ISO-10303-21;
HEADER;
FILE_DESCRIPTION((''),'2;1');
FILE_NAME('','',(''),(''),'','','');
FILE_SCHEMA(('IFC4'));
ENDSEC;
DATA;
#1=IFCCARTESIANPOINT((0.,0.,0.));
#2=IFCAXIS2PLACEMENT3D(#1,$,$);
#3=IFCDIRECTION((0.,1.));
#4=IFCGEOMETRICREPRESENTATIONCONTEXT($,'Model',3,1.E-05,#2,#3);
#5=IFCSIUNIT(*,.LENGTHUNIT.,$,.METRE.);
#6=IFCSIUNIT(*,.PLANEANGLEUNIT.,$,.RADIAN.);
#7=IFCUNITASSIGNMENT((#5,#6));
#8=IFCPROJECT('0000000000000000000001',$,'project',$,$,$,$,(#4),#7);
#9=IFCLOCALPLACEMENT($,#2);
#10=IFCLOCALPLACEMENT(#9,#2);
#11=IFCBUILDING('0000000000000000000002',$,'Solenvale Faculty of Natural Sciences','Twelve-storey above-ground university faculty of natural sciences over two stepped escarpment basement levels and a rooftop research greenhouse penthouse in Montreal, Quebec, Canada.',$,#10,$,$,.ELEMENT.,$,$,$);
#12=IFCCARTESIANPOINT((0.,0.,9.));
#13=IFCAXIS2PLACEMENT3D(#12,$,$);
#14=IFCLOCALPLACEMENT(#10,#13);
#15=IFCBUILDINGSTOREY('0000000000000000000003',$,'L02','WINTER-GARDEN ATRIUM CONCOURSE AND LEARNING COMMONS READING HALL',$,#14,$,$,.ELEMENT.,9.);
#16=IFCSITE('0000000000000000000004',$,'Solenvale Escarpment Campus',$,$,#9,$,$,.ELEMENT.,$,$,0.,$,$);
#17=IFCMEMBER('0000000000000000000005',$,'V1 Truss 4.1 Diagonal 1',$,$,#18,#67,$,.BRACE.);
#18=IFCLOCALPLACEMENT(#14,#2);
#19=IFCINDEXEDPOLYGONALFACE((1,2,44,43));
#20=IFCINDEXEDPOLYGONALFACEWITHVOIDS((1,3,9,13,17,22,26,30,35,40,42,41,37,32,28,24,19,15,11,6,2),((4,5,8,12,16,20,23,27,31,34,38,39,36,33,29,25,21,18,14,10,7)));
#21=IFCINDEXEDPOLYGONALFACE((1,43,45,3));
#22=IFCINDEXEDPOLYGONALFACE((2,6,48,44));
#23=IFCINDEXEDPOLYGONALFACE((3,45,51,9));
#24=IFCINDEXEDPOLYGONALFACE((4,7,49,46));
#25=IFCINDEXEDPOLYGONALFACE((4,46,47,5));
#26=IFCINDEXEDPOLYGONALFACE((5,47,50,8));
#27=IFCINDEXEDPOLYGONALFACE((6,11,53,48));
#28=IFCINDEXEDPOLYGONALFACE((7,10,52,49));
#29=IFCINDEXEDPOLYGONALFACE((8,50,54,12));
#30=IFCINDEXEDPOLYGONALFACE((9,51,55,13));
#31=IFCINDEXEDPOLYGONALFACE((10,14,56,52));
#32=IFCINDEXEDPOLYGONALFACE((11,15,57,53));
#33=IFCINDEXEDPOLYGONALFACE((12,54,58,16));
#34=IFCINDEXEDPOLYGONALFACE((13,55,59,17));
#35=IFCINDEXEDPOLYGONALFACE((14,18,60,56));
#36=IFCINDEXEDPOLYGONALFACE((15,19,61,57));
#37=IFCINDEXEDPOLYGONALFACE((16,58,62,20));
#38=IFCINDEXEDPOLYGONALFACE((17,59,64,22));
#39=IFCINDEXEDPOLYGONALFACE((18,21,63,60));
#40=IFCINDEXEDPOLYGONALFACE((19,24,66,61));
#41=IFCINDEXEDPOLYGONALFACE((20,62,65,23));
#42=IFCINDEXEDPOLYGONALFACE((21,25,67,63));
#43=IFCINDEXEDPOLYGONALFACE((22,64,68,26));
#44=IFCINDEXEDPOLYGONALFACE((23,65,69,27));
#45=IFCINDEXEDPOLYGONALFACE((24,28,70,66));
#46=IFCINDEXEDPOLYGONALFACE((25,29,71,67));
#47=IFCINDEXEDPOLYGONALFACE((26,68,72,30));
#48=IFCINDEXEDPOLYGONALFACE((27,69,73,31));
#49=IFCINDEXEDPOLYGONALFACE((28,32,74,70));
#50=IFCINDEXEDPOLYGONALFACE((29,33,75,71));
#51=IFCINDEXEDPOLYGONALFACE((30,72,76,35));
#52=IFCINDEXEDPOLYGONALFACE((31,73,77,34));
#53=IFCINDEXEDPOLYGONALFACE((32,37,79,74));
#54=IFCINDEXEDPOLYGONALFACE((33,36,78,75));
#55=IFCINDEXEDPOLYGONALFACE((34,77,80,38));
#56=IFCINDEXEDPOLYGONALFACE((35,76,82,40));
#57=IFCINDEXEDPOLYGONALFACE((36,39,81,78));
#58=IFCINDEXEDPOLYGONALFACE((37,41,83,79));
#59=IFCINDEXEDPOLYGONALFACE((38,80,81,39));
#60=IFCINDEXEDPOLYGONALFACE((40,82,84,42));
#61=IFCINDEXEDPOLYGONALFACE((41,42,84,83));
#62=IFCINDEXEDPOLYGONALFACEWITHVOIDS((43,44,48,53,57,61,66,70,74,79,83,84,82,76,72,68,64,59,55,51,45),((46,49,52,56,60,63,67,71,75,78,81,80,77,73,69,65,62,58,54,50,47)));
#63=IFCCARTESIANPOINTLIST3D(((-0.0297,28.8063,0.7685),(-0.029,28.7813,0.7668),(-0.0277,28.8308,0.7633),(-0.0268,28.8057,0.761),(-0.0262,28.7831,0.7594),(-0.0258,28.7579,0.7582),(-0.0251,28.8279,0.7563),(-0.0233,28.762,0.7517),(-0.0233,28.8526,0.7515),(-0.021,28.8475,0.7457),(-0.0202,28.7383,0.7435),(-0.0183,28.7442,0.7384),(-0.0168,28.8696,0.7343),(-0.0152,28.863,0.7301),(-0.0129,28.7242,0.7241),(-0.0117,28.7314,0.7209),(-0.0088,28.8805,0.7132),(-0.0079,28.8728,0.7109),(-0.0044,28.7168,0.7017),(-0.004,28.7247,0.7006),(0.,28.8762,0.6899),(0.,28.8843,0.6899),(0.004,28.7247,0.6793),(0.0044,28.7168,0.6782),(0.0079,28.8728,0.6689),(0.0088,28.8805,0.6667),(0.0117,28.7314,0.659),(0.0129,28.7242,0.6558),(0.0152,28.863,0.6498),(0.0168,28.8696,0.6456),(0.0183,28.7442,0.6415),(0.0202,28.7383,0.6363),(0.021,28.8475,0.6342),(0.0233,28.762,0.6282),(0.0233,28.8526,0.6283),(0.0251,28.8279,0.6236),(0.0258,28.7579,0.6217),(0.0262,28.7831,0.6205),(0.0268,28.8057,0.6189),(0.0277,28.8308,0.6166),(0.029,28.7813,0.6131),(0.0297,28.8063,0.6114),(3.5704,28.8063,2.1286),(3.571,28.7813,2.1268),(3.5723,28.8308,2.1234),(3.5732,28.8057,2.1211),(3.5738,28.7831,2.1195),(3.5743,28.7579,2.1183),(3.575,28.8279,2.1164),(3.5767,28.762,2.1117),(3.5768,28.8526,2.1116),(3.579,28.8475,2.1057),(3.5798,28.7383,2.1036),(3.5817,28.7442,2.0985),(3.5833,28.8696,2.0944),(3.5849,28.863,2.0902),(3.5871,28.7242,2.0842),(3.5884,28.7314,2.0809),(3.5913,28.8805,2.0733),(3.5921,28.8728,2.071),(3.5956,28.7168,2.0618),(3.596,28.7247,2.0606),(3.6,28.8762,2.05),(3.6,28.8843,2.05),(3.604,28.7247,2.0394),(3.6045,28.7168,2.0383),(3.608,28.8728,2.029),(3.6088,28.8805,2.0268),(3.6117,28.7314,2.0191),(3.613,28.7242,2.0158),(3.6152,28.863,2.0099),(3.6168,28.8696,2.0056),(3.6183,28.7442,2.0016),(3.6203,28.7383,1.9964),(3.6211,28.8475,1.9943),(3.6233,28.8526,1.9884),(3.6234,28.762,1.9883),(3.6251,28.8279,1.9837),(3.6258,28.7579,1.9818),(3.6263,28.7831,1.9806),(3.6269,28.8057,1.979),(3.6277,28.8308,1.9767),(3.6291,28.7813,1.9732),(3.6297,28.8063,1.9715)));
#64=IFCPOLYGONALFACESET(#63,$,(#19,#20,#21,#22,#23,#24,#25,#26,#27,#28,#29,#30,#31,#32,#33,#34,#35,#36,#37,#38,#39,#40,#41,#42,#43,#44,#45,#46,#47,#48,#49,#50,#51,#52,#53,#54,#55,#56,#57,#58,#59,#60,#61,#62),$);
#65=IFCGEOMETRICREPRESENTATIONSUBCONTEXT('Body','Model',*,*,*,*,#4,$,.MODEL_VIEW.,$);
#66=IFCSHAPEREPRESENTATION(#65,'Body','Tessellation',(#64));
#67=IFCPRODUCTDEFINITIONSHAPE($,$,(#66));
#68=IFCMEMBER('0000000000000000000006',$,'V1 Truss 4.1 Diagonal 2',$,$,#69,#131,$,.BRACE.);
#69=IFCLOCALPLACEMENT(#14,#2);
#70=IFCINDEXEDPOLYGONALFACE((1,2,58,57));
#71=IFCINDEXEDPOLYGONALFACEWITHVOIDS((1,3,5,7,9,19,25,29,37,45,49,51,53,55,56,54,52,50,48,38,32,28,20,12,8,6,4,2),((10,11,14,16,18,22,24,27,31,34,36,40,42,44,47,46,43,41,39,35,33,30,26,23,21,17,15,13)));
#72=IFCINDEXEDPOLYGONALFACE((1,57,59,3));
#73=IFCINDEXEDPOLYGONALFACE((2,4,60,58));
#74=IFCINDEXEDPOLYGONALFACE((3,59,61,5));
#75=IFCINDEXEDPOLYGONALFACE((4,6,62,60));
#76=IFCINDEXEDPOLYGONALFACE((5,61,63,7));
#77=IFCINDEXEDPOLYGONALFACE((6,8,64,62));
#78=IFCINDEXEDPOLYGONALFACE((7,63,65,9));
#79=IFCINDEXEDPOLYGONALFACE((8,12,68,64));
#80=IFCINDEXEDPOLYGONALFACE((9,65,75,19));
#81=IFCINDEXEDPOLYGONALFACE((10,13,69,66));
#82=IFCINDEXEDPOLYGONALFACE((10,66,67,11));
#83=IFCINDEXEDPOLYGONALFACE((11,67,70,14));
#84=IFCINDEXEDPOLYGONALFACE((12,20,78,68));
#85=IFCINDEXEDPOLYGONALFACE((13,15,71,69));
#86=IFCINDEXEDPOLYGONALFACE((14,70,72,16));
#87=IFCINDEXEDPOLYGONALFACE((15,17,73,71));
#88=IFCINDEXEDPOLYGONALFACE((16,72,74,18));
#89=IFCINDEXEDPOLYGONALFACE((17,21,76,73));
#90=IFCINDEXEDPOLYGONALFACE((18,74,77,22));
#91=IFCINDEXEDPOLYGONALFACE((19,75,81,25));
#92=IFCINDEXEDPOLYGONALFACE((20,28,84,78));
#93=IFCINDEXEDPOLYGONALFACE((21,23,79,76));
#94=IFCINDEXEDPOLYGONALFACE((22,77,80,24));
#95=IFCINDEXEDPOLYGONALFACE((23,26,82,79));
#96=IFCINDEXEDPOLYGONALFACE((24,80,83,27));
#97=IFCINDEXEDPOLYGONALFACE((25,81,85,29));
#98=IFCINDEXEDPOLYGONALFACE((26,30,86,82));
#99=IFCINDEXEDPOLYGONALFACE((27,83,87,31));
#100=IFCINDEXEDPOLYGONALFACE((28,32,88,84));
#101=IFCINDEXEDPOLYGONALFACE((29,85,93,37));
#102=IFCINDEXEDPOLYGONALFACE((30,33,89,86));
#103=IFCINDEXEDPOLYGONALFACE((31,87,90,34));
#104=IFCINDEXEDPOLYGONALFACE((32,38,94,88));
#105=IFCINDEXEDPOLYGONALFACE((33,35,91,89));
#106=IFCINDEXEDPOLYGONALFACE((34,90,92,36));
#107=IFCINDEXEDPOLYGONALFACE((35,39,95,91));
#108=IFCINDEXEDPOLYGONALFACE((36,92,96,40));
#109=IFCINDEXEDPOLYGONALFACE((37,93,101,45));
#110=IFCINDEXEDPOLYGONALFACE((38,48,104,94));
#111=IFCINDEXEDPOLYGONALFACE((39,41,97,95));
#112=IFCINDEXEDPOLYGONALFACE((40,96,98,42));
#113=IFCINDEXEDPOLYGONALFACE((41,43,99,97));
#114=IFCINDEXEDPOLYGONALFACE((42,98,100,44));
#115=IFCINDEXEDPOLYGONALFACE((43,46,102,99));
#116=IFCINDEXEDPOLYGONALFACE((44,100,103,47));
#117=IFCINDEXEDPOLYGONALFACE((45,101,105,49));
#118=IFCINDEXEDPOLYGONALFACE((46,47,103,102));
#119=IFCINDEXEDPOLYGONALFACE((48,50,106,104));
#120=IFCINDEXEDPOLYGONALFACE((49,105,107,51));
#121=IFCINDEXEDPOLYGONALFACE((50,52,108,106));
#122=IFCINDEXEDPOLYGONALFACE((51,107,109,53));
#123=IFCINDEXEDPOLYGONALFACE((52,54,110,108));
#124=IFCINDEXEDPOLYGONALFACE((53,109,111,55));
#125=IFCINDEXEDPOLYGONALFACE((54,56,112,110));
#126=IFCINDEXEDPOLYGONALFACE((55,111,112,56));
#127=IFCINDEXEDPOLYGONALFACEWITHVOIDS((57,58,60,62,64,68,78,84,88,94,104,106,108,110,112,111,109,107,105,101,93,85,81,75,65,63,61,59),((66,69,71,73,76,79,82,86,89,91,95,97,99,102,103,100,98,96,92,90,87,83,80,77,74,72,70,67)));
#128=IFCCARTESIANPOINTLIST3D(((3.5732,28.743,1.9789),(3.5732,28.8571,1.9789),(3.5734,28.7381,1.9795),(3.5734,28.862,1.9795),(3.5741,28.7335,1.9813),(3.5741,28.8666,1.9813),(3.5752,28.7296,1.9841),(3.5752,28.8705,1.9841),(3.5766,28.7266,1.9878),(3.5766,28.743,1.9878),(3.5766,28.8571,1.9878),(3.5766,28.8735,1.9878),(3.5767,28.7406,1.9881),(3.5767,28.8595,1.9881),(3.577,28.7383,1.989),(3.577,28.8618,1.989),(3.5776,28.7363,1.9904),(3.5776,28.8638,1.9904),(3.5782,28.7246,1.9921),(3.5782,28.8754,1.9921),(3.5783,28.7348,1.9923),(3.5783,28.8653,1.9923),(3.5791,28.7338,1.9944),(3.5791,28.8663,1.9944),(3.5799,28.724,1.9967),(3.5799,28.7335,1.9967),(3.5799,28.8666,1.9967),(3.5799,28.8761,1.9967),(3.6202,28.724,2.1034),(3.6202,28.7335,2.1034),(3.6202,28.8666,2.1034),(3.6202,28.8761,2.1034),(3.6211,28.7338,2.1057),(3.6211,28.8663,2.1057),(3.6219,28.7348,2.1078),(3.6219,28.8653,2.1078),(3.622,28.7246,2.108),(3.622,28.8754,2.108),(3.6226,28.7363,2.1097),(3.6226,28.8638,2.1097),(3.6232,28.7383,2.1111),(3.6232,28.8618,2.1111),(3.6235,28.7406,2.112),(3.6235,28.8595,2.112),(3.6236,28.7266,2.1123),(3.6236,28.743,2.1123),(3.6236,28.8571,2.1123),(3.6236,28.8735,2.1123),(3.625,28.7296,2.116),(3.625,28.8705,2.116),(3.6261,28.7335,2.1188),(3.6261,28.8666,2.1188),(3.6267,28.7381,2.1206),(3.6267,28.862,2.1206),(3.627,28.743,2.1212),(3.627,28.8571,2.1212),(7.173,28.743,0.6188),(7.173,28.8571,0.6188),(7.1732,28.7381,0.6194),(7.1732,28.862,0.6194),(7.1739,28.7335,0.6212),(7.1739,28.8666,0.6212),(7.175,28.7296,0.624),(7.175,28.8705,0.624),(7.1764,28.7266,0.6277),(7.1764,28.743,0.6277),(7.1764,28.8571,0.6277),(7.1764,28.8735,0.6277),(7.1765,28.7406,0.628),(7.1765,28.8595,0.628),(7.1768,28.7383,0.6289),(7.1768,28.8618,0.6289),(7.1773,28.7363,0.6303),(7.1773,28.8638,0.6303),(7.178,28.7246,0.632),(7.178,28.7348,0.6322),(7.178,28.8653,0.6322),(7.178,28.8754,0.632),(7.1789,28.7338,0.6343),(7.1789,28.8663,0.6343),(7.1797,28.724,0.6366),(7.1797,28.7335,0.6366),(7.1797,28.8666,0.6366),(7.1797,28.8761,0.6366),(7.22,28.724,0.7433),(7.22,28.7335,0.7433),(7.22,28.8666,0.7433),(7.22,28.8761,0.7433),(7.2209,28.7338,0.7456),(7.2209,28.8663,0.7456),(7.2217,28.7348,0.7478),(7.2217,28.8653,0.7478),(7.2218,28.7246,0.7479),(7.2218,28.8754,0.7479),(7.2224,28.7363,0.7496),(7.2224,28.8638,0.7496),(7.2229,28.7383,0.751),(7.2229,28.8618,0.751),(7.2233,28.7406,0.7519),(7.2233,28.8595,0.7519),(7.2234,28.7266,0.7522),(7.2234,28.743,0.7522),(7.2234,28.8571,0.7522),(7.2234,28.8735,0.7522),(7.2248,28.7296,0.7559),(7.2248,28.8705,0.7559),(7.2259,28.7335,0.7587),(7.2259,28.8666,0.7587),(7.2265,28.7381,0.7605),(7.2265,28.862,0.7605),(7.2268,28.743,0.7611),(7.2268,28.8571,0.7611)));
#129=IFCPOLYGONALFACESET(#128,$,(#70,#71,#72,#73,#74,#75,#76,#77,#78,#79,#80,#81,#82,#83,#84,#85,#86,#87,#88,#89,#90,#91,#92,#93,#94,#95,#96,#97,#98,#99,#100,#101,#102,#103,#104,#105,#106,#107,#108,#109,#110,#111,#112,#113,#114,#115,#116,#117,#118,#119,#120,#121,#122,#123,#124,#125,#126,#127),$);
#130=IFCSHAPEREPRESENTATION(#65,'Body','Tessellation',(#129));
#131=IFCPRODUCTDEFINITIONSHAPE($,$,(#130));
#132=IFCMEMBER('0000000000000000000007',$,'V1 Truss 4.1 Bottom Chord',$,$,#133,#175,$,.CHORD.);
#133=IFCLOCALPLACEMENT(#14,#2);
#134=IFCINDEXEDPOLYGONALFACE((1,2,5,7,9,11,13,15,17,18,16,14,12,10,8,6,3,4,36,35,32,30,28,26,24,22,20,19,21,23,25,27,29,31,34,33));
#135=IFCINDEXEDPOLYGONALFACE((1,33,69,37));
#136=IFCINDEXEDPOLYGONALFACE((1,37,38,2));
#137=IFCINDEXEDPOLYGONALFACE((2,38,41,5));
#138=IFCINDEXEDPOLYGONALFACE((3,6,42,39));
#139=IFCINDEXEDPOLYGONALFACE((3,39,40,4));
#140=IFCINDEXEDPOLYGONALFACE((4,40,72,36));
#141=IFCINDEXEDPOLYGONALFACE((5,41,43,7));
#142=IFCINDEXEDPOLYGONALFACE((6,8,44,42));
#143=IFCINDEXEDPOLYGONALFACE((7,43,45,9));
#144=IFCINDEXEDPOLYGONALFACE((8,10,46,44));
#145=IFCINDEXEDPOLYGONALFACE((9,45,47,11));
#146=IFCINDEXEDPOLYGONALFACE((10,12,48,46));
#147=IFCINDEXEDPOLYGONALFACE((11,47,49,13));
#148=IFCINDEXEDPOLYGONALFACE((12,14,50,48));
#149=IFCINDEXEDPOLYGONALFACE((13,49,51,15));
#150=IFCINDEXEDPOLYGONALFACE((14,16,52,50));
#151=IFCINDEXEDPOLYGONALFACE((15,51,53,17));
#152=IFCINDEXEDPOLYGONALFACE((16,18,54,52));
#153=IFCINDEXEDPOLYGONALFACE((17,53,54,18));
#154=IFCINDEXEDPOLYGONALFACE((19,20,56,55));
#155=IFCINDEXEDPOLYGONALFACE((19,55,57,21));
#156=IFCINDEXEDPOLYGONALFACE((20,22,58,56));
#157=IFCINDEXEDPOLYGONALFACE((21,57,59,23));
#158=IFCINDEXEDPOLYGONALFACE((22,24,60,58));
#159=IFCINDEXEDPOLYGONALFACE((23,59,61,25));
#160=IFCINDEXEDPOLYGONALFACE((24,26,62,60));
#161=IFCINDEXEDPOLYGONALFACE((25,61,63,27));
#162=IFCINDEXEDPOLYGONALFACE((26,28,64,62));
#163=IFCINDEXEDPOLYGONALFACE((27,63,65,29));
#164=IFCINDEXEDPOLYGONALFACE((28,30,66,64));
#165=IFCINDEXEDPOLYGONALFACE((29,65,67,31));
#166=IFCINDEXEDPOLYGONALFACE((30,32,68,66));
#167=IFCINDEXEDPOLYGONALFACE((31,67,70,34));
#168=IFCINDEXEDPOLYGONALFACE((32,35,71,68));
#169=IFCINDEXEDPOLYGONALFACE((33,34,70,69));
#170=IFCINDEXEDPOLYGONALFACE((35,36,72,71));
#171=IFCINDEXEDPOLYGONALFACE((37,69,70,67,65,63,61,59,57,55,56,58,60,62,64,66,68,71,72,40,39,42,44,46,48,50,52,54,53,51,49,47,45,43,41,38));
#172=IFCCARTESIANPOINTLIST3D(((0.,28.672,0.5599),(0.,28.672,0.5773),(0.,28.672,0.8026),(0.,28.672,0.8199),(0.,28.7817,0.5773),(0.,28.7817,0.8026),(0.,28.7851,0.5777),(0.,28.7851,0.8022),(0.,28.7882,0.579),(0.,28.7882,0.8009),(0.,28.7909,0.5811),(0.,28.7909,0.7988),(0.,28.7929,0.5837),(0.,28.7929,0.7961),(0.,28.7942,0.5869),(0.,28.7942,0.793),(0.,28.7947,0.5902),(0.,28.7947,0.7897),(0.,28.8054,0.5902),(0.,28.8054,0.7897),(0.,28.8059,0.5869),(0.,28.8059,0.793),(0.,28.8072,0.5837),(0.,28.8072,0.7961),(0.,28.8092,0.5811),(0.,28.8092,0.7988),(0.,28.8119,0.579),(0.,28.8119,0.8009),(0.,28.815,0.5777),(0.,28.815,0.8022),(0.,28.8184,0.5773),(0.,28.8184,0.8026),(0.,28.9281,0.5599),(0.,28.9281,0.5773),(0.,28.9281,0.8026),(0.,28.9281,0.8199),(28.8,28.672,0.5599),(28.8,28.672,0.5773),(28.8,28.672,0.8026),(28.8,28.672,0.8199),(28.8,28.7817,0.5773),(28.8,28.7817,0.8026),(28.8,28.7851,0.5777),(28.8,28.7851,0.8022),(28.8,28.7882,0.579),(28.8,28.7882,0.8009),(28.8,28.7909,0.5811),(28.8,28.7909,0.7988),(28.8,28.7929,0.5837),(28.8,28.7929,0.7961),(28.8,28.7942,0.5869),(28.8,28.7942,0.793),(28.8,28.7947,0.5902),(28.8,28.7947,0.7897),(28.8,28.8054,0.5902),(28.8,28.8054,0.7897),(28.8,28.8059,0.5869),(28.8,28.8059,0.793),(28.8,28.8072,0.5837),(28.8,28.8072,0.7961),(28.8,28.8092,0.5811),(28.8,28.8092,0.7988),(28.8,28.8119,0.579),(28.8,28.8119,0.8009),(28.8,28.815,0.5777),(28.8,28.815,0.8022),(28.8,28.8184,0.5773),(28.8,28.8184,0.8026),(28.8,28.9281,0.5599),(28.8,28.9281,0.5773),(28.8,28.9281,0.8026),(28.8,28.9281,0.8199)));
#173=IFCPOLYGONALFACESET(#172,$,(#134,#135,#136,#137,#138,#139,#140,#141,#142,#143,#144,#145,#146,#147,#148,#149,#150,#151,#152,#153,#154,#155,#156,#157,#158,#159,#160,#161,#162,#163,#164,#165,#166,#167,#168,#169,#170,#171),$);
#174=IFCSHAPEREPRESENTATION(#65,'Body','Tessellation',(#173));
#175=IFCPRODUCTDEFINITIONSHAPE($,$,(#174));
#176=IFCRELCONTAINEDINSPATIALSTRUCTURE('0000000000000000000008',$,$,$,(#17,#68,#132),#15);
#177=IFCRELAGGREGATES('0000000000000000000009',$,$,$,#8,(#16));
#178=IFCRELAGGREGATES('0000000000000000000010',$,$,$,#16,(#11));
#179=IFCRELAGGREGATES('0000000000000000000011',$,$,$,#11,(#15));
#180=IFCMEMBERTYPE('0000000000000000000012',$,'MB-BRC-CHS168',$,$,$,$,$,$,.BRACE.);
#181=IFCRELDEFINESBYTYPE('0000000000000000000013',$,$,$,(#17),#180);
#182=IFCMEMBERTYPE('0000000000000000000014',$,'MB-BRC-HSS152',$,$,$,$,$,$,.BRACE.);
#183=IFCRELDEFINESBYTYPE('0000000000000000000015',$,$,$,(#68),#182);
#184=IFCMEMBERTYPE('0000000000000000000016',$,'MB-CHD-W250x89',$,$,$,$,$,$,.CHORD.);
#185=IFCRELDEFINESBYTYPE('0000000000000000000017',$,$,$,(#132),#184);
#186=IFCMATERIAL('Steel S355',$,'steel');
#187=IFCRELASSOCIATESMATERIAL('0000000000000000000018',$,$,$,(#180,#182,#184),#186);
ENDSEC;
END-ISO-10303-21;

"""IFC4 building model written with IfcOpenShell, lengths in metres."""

from ifc_helpers import new_model, si_unit, direction, frame, origin, origin_2d, place, context, subcontext, project, spatial, hollow_rectangle, hollow_circle, i_section, extrude, material, material_profile, profile_set, type_object, element, save


model = new_model("IFC4")

# Units and contexts
model_context = context("Model", 3, precision=1e-05, world=origin(), true_north=direction((0.0, 1.0)))
body_context = subcontext(model_context, "Body", "Model", "MODEL_VIEW")
ifc_project = project(units=[si_unit("LENGTHUNIT", "METRE"), si_unit("PLANEANGLEUNIT", "RADIAN")], contexts=[model_context])

# Site, building, storey
site_placement = place(None, origin())
site = spatial("IfcSite", under=ifc_project, at=site_placement, Name="Solenvale Escarpment Campus", CompositionType="ELEMENT", RefElevation=0.0)
building_placement = place(site_placement, origin())
building = spatial("IfcBuilding", under=site, at=building_placement, Name="Solenvale Faculty of Natural Sciences", Description="Twelve-storey above-ground university faculty of natural sciences over two stepped escarpment basement levels and a rooftop research greenhouse penthouse in Montreal, Quebec, Canada.", CompositionType="ELEMENT")
storey_placement = place(building_placement, frame((0.0, 0.0, 9.0)))
storey = spatial("IfcBuildingStorey", under=building, at=storey_placement, Name="L02", Description="WINTER-GARDEN ATRIUM CONCOURSE AND LEARNING COMMONS READING HALL", CompositionType="ELEMENT", Elevation=9.0)

# Shared definitions
ifc_material_1 = material(Name="Steel S355", Category="steel")

# Members
ifc_material_profile_1 = material_profile(ifc_material_1, hollow_circle(Radius=0.0842, WallThickness=0.0081, at=origin_2d()), Name="HSS168x8.0")
ifc_profile_set_1 = profile_set([ifc_material_profile_1], Name="Steel S355")
member_type_1 = type_object("IfcMemberType", Name="MB-BRC-CHS168", PredefinedType="BRACE", material=ifc_profile_set_1)
member_1_placement = place(storey_placement, frame((0.0, 28.8, 0.6899), z_axis=(0.935466, 0.0, 0.353417), x_axis=(0.0, 1.0, 0.0)))
element("IfcMember", 1, at=member_1_placement, inside=storey, type_object=member_type_1, Name="V1 Truss 4.1 Diagonal 1", PredefinedType="BRACE", context=body_context, shape_type="SweptSolid", body=[
    extrude(hollow_circle(Radius=0.0842, WallThickness=0.0081, at=origin_2d()), origin(), (0.0, 0.0, 1.0), 3.8484),
])
ifc_material_profile_2 = material_profile(ifc_material_1, hollow_rectangle(XDim=0.1521, YDim=0.1521, WallThickness=0.0095, InnerFilletRadius=0.0095, OuterFilletRadius=0.019, at=origin_2d()), Name="HSS152x152x9.5")
ifc_profile_set_2 = profile_set([ifc_material_profile_2], Name="Steel S355")
member_type_2 = type_object("IfcMemberType", Name="MB-BRC-HSS152", PredefinedType="BRACE", material=ifc_profile_set_2)
member_2_placement = place(storey_placement, frame((3.6001, 28.8, 2.05), z_axis=(0.935458, 0.0, -0.353438), x_axis=(0.0, 1.0, 0.0)))
element("IfcMember", 2, at=member_2_placement, inside=storey, type_object=member_type_2, Name="V1 Truss 4.1 Diagonal 2", PredefinedType="BRACE", context=body_context, shape_type="SweptSolid", body=[
    extrude(hollow_rectangle(XDim=0.1521, YDim=0.1521, WallThickness=0.0095, InnerFilletRadius=0.0095, OuterFilletRadius=0.019, at=origin_2d()), origin(), (0.0, 0.0, 1.0), 3.8481),
])
ifc_material_profile_3 = material_profile(ifc_material_1, i_section(OverallWidth=0.2561, OverallDepth=0.26, WebThickness=0.0107, FlangeThickness=0.0173, FilletRadius=0.0129, at=origin_2d()), Name="W250x89")
ifc_profile_set_3 = profile_set([ifc_material_profile_3], Name="Steel S355")
member_type_3 = type_object("IfcMemberType", Name="MB-CHD-W250x89", PredefinedType="CHORD", material=ifc_profile_set_3)
member_3_placement = place(storey_placement, frame((0.0, 28.8, 0.6899), z_axis=(1.0, 0.0, 0.0), x_axis=(0.0, 1.0, 0.0)))
element("IfcMember", 3, at=member_3_placement, inside=storey, type_object=member_type_3, Name="V1 Truss 4.1 Bottom Chord", PredefinedType="CHORD", context=body_context, shape_type="SweptSolid", body=[
    extrude(i_section(OverallWidth=0.2561, OverallDepth=0.26, WebThickness=0.0107, FlangeThickness=0.0173, FilletRadius=0.0129, at=origin_2d()), origin(), (0.0, 0.0, 1.0), 28.8),
])

save(model, "model.ifc")
